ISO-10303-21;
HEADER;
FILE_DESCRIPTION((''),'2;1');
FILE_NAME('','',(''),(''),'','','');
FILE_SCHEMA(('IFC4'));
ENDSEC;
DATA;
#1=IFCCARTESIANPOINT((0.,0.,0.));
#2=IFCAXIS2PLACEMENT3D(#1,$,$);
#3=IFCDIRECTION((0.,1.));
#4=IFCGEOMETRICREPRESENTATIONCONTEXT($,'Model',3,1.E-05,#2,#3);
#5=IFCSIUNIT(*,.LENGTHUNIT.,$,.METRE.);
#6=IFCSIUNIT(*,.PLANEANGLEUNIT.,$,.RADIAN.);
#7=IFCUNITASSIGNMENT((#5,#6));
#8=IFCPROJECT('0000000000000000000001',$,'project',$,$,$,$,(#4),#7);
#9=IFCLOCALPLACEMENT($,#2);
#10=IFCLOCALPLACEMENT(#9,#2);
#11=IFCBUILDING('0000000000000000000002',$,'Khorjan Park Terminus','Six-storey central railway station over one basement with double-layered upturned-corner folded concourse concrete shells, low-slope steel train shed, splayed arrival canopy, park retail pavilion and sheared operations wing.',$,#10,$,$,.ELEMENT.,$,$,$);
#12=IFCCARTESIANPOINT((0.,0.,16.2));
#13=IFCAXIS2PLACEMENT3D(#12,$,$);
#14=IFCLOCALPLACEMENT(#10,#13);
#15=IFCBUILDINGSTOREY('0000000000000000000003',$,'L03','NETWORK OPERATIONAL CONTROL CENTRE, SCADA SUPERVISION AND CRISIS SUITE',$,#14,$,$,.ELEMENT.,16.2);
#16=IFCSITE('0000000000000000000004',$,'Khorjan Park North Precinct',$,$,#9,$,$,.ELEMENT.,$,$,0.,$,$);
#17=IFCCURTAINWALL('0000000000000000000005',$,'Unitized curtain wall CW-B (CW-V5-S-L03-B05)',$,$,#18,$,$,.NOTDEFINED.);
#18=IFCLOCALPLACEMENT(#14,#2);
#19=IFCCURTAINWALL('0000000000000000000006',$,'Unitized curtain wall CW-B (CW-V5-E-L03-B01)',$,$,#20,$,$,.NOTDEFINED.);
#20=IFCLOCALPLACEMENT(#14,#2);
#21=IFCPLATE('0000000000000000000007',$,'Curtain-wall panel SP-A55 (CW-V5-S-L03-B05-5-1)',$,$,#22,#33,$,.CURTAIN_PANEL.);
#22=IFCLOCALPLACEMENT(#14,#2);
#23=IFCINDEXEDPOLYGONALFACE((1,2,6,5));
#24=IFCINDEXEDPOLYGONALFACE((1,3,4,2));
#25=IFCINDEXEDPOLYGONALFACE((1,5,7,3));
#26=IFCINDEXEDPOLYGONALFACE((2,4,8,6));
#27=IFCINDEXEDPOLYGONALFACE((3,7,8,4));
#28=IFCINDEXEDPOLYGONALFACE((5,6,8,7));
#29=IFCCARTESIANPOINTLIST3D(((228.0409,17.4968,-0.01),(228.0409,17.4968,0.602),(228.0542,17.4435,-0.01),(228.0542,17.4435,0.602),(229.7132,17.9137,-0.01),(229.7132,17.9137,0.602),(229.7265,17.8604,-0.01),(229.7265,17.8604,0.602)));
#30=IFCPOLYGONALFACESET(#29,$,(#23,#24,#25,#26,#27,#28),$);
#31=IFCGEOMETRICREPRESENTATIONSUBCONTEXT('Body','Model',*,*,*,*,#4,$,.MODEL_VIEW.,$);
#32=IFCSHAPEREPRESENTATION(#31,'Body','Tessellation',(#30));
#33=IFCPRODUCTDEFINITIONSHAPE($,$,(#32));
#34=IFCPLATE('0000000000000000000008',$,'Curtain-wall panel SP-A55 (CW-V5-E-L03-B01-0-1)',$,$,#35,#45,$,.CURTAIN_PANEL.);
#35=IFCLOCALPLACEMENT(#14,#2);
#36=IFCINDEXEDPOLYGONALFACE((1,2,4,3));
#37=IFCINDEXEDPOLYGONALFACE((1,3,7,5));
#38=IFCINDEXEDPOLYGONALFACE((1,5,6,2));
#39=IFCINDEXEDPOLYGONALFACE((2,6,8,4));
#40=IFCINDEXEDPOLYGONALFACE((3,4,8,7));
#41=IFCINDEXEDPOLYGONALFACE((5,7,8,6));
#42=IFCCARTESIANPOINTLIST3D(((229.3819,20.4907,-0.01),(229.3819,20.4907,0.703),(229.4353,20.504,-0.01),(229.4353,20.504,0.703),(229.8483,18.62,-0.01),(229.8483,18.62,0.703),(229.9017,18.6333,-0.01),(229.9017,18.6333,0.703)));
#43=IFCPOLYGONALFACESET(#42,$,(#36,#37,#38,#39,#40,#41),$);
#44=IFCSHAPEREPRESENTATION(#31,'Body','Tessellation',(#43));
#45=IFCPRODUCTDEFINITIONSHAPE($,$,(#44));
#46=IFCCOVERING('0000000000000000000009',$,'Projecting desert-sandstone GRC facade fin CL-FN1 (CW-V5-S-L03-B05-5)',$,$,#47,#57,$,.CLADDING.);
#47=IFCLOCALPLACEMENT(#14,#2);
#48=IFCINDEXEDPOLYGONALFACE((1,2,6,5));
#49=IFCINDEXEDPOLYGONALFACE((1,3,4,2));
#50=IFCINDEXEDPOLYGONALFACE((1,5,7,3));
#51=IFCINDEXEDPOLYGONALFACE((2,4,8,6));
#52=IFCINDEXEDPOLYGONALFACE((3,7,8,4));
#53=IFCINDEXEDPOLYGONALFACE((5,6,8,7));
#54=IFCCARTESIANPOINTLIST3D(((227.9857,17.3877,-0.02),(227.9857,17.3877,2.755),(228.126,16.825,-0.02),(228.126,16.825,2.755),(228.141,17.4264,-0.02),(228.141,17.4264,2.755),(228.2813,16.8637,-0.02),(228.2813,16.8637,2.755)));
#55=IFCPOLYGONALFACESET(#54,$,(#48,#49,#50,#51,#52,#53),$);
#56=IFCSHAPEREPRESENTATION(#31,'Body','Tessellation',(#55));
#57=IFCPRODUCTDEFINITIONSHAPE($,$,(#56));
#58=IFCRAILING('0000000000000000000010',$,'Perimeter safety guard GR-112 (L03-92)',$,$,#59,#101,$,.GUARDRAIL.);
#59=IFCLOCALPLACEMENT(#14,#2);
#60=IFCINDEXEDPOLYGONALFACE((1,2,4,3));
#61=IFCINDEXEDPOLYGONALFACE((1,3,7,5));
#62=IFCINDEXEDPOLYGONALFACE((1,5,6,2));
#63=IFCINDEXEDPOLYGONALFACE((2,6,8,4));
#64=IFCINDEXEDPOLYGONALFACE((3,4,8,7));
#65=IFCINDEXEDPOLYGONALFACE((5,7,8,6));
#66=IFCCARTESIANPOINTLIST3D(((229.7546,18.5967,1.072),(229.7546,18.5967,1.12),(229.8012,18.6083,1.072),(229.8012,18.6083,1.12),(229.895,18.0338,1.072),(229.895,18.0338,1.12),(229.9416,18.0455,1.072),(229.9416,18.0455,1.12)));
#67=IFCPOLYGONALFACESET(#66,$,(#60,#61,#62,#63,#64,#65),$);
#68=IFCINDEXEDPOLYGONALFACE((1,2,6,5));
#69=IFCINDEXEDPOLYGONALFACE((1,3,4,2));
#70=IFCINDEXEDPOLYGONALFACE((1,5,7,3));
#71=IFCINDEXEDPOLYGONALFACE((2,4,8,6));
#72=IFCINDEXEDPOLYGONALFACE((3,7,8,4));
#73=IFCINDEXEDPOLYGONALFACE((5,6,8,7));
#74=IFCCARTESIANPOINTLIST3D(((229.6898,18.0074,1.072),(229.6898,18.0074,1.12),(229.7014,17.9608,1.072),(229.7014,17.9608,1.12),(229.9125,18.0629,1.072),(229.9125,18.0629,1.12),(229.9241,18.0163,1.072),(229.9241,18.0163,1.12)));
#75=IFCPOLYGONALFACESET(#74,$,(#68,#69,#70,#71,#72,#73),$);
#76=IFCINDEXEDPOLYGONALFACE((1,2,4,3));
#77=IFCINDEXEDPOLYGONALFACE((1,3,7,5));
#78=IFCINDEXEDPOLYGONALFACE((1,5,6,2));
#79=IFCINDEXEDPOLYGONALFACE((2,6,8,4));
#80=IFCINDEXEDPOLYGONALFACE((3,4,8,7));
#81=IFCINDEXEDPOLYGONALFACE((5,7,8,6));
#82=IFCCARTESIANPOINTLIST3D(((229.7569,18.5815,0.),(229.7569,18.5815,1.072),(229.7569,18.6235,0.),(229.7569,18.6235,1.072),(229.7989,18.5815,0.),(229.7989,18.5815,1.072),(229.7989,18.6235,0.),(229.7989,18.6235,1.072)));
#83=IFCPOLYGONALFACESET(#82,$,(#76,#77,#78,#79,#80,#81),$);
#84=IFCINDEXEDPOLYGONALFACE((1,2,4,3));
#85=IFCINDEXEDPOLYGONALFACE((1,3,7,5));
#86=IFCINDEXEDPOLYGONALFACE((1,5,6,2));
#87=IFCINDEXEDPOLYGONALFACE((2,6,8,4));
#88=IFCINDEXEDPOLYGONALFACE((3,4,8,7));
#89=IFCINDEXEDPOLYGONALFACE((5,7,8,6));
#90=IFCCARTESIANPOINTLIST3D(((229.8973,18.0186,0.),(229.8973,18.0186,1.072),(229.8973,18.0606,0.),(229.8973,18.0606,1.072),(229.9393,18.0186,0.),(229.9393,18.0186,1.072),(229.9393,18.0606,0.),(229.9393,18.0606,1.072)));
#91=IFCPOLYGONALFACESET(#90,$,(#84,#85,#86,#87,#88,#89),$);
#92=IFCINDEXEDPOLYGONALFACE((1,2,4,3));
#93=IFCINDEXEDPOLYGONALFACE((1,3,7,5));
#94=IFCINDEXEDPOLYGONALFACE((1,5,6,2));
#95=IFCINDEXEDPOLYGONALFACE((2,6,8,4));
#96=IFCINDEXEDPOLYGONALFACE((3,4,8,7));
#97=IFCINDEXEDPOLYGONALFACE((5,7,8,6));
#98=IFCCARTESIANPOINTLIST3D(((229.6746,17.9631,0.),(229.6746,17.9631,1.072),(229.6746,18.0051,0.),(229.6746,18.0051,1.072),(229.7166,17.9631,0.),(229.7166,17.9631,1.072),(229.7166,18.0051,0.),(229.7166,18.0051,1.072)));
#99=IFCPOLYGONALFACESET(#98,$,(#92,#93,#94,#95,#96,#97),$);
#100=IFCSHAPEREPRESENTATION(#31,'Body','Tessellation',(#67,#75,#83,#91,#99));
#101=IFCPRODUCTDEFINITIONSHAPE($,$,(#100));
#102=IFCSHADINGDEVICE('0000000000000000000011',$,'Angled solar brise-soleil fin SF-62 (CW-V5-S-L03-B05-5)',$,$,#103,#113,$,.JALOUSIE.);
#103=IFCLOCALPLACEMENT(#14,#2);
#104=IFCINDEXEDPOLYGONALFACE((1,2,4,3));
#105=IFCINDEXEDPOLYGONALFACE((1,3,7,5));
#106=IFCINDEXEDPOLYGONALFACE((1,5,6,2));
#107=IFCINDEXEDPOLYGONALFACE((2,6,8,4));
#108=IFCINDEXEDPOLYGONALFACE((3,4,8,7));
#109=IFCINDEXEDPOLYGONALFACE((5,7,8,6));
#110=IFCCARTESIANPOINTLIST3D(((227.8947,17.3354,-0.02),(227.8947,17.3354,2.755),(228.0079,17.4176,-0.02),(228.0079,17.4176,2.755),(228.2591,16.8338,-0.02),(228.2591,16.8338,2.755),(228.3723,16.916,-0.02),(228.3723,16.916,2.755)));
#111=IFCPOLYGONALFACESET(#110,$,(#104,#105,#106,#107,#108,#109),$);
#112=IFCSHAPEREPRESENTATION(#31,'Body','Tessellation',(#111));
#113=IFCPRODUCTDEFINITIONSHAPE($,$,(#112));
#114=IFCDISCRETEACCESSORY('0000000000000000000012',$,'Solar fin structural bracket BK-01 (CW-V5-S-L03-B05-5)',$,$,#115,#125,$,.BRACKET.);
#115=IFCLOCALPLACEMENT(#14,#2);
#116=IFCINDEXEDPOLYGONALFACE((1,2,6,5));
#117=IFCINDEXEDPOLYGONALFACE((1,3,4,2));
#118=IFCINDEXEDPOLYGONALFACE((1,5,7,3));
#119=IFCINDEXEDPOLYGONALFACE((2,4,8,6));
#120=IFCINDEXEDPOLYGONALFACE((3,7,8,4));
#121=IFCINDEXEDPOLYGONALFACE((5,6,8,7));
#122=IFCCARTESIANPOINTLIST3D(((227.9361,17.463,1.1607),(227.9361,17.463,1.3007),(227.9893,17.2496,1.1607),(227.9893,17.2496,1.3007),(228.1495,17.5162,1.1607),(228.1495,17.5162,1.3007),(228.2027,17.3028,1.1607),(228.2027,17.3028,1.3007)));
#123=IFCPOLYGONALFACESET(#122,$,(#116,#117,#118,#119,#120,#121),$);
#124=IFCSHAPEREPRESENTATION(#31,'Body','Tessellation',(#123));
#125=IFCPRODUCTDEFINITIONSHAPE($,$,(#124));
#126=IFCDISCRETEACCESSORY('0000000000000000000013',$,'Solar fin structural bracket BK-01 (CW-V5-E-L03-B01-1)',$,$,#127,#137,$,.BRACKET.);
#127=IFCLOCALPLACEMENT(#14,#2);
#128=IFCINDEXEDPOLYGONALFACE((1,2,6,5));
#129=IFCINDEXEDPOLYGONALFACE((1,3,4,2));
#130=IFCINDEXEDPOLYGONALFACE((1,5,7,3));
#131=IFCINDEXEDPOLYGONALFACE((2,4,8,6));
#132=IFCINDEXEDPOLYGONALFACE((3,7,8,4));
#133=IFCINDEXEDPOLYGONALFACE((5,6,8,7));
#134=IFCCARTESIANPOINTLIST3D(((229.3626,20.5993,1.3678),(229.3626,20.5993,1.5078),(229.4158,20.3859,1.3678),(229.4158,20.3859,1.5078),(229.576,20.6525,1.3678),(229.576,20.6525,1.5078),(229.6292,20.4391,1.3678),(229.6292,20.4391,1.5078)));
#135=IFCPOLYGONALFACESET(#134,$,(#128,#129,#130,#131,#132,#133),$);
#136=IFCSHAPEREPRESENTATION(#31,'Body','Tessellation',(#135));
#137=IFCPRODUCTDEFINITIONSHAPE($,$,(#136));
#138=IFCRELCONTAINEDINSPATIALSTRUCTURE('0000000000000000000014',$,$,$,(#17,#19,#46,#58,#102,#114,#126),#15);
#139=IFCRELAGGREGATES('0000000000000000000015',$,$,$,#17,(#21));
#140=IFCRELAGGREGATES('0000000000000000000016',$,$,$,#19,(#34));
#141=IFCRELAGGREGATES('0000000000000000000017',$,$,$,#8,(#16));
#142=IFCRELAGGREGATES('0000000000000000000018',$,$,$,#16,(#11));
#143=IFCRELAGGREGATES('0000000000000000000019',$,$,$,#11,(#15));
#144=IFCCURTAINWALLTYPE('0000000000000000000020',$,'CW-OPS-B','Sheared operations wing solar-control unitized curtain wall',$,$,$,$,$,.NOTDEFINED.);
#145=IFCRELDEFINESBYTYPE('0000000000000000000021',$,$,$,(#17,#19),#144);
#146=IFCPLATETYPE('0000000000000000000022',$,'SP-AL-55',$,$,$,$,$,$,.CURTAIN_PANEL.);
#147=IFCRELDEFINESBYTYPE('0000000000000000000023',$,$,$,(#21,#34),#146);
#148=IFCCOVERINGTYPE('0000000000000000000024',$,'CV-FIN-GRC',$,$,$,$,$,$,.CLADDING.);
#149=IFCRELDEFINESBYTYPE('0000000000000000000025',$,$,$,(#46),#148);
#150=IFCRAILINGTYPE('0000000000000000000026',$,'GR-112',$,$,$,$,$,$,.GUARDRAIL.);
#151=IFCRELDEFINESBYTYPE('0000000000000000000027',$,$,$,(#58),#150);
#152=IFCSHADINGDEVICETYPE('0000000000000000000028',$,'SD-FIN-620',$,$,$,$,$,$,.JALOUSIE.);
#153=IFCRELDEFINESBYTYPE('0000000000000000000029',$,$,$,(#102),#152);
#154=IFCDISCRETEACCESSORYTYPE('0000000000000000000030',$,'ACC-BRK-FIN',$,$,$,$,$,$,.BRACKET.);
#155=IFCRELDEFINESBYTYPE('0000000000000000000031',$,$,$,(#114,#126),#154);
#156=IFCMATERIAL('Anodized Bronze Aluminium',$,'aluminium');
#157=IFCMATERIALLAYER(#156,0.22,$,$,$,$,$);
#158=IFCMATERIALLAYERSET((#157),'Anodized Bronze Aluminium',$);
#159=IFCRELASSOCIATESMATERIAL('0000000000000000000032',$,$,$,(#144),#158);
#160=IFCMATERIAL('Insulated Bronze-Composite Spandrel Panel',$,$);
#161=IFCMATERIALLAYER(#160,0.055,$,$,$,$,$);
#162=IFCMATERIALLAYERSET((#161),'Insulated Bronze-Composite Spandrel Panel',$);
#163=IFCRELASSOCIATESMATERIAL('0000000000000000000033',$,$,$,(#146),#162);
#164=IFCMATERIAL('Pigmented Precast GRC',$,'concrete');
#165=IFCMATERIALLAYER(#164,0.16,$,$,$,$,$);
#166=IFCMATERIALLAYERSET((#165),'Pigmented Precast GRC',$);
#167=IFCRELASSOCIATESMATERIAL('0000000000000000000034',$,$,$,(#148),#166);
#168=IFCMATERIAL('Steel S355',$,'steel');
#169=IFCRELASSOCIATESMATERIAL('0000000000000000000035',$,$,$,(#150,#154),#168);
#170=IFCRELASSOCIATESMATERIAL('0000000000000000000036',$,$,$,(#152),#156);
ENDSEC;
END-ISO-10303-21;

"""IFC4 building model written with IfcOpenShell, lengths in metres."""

from ifc_helpers import new_model, si_unit, direction, frame, origin, origin_2d, place, context, subcontext, project, spatial, rectangle, extrude, material, layer, layer_set, type_object, element, aggregate, save


model = new_model("IFC4")

# Units and contexts
model_context = context("Model", 3, precision=1e-05, world=origin(), true_north=direction((0.0, 1.0)))
body_context = subcontext(model_context, "Body", "Model", "MODEL_VIEW")
ifc_project = project(units=[si_unit("LENGTHUNIT", "METRE"), si_unit("PLANEANGLEUNIT", "RADIAN")], contexts=[model_context])

# Site, building, storey
site_placement = place(None, origin())
site = spatial("IfcSite", under=ifc_project, at=site_placement, Name="Khorjan Park North Precinct", CompositionType="ELEMENT", RefElevation=0.0)
building_placement = place(site_placement, origin())
building = spatial("IfcBuilding", under=site, at=building_placement, Name="Khorjan Park Terminus", Description="Six-storey central railway station over one basement with double-layered upturned-corner folded concourse concrete shells, low-slope steel train shed, splayed arrival canopy, park retail pavilion and sheared operations wing.", CompositionType="ELEMENT")
storey_placement = place(building_placement, frame((0.0, 0.0, 16.2)))
storey = spatial("IfcBuildingStorey", under=building, at=storey_placement, Name="L03", Description="NETWORK OPERATIONAL CONTROL CENTRE, SCADA SUPERVISION AND CRISIS SUITE", CompositionType="ELEMENT", Elevation=16.2)

# Shared definitions
ifc_material_1 = material(Name="Steel S355", Category="steel")

# Curtain walls
ifc_material_2 = material(Name="Anodized Bronze Aluminium", Category="aluminium")
ifc_layer_1 = layer(ifc_material_2, 0.22)
ifc_layer_set_1 = layer_set([ifc_layer_1], Name="Anodized Bronze Aluminium")
curtain_wall_type = type_object("IfcCurtainWallType", Name="CW-OPS-B", Description="Sheared operations wing solar-control unitized curtain wall", PredefinedType="NOTDEFINED", material=ifc_layer_set_1)
curtain_wall_1_placement = place(storey_placement, origin())
curtain_wall_1 = element("IfcCurtainWall", 1, at=curtain_wall_1_placement, inside=storey, type_object=curtain_wall_type, Name="Unitized curtain wall CW-B (CW-V5-S-L03-B05)", PredefinedType="NOTDEFINED")
curtain_wall_2_placement = place(storey_placement, origin())
curtain_wall_2 = element("IfcCurtainWall", 2, at=curtain_wall_2_placement, inside=storey, type_object=curtain_wall_type, Name="Unitized curtain wall CW-B (CW-V5-E-L03-B01)", PredefinedType="NOTDEFINED")

# Plates
ifc_material_3 = material(Name="Insulated Bronze-Composite Spandrel Panel")
ifc_layer_2 = layer(ifc_material_3, 0.055)
ifc_layer_set_2 = layer_set([ifc_layer_2], Name="Insulated Bronze-Composite Spandrel Panel")
plate_type_1 = type_object("IfcPlateType", Name="SP-AL-55", PredefinedType="CURTAIN_PANEL", material=ifc_layer_set_2)
plate_1_placement = place(storey_placement, frame((228.8837, 17.6786, -0.01), z_axis=(0.0, 0.0, 1.0), x_axis=(0.970296, 0.241919, 0.0)))
plate_1 = element("IfcPlate", 3, at=plate_1_placement, type_object=plate_type_1, Name="Curtain-wall panel SP-A55 (CW-V5-S-L03-B05-5-1)", PredefinedType="CURTAIN_PANEL", context=body_context, shape_type="SweptSolid", body=[
    extrude(rectangle(XDim=1.7234, YDim=0.055, at=origin_2d()), origin(), (0.0, 0.0, 1.0), 0.612),
])
aggregate(curtain_wall_1, [plate_1])
plate_2_placement = place(storey_placement, frame((229.6418, 19.562, -0.01), z_axis=(0.0, 0.0, 1.0), x_axis=(-0.24192, 0.970296, 0.0)))
plate_2 = element("IfcPlate", 4, at=plate_2_placement, type_object=plate_type_1, Name="Curtain-wall panel SP-A55 (CW-V5-E-L03-B01-0-1)", PredefinedType="CURTAIN_PANEL", context=body_context, shape_type="SweptSolid", body=[
    extrude(rectangle(XDim=1.928, YDim=0.055, at=origin_2d()), origin(), (0.0, 0.0, 1.0), 0.713),
])
aggregate(curtain_wall_2, [plate_2])

# Covering
ifc_material_4 = material(Name="Pigmented Precast GRC", Category="concrete")
ifc_layer_3 = layer(ifc_material_4, 0.16)
ifc_layer_set_3 = layer_set([ifc_layer_3], Name="Pigmented Precast GRC")
covering_type = type_object("IfcCoveringType", Name="CV-FIN-GRC", PredefinedType="CLADDING", material=ifc_layer_set_3)
covering_placement = place(storey_placement, frame((228.1335, 17.1257, -0.02), z_axis=(0.0, 0.0, 1.0), x_axis=(-0.241922, 0.970296, 0.0)))
element("IfcCovering", 5, at=covering_placement, inside=storey, type_object=covering_type, Name="Projecting desert-sandstone GRC facade fin CL-FN1 (CW-V5-S-L03-B05-5)", PredefinedType="CLADDING", context=body_context, shape_type="SweptSolid", body=[
    extrude(rectangle(XDim=0.58, YDim=0.16, at=origin_2d()), origin(), (0.0, 0.0, 1.0), 2.775),
])

# Railing
railing_type = type_object("IfcRailingType", Name="GR-112", PredefinedType="GUARDRAIL", material=ifc_material_1)
railing_placement = place(storey_placement, frame((229.7779, 18.6025, 0.0)))
element("IfcRailing", 6, at=railing_placement, inside=storey, type_object=railing_type, Name="Perimeter safety guard GR-112 (L03-92)", PredefinedType="GUARDRAIL", context=body_context, shape_type="SweptSolid", body=[
    extrude(rectangle(XDim=0.048, YDim=0.048, at=origin_2d()), frame((0.0, 0.0, 1.096), z_axis=(0.242008, -0.970274, 0.0), x_axis=(0.970274, 0.242008, 0.0)), (0.0, 0.0, 1.0), 0.5801),
    extrude(rectangle(XDim=0.048, YDim=0.048, at=origin_2d()), frame((0.1404, -0.5629, 1.096), z_axis=(-0.970322, -0.241818, 0.0), x_axis=(0.241818, -0.970322, 0.0)), (0.0, 0.0, 1.0), 0.2295),
    extrude(rectangle(XDim=0.042, YDim=0.042, at=origin_2d()), origin(), (0.0, 0.0, 1.0), 1.072),
    extrude(rectangle(XDim=0.042, YDim=0.042, at=origin_2d()), frame((0.1404, -0.5629, 0.0)), (0.0, 0.0, 1.0), 1.072),
    extrude(rectangle(XDim=0.042, YDim=0.042, at=origin_2d()), frame((-0.0823, -0.6184, 0.0)), (0.0, 0.0, 1.0), 1.072),
])

# Shading device
shading_device_type = type_object("IfcShadingDeviceType", Name="SD-FIN-620", PredefinedType="JALOUSIE", material=ifc_material_2)
shading_device_placement = place(storey_placement, frame((228.1335, 17.1257, -0.02), z_axis=(0.0, 0.0, 1.0), x_axis=(-0.587785, 0.809017, 0.0)))
element("IfcShadingDevice", 7, at=shading_device_placement, inside=storey, type_object=shading_device_type, Name="Angled solar brise-soleil fin SF-62 (CW-V5-S-L03-B05-5)", PredefinedType="JALOUSIE", context=body_context, shape_type="SweptSolid", body=[
    extrude(rectangle(XDim=0.62, YDim=0.14, at=origin_2d()), origin(), (0.0, 0.0, 1.0), 2.775),
])

# Discrete accessories
discrete_accessory_type = type_object("IfcDiscreteAccessoryType", Name="ACC-BRK-FIN", PredefinedType="BRACKET", material=ifc_material_1)
for number, where, z_axis, x_axis, name in (
    (8, (228.0694, 17.3829, 1.1607), (0.0, 0.0, 1.0), (0.970296, 0.241919, 0.0), "Solar fin structural bracket BK-01 (CW-V5-S-L03-B05-5)"),
    (9, (229.4959, 20.5192, 1.3678), (0.0, 0.0, 1.0), (-0.24192, 0.970296, 0.0), "Solar fin structural bracket BK-01 (CW-V5-E-L03-B01-1)"),
):
    element("IfcDiscreteAccessory", number, at=place(storey_placement, frame(where, z_axis=z_axis, x_axis=x_axis)), inside=storey, type_object=discrete_accessory_type, Name=name, PredefinedType="BRACKET", context=body_context, shape_type="SweptSolid", body=[
        extrude(rectangle(XDim=0.22, YDim=0.22, at=origin_2d()), origin(), (0.0, 0.0, 1.0), 0.14),
    ])

save(model, "model.ifc")
